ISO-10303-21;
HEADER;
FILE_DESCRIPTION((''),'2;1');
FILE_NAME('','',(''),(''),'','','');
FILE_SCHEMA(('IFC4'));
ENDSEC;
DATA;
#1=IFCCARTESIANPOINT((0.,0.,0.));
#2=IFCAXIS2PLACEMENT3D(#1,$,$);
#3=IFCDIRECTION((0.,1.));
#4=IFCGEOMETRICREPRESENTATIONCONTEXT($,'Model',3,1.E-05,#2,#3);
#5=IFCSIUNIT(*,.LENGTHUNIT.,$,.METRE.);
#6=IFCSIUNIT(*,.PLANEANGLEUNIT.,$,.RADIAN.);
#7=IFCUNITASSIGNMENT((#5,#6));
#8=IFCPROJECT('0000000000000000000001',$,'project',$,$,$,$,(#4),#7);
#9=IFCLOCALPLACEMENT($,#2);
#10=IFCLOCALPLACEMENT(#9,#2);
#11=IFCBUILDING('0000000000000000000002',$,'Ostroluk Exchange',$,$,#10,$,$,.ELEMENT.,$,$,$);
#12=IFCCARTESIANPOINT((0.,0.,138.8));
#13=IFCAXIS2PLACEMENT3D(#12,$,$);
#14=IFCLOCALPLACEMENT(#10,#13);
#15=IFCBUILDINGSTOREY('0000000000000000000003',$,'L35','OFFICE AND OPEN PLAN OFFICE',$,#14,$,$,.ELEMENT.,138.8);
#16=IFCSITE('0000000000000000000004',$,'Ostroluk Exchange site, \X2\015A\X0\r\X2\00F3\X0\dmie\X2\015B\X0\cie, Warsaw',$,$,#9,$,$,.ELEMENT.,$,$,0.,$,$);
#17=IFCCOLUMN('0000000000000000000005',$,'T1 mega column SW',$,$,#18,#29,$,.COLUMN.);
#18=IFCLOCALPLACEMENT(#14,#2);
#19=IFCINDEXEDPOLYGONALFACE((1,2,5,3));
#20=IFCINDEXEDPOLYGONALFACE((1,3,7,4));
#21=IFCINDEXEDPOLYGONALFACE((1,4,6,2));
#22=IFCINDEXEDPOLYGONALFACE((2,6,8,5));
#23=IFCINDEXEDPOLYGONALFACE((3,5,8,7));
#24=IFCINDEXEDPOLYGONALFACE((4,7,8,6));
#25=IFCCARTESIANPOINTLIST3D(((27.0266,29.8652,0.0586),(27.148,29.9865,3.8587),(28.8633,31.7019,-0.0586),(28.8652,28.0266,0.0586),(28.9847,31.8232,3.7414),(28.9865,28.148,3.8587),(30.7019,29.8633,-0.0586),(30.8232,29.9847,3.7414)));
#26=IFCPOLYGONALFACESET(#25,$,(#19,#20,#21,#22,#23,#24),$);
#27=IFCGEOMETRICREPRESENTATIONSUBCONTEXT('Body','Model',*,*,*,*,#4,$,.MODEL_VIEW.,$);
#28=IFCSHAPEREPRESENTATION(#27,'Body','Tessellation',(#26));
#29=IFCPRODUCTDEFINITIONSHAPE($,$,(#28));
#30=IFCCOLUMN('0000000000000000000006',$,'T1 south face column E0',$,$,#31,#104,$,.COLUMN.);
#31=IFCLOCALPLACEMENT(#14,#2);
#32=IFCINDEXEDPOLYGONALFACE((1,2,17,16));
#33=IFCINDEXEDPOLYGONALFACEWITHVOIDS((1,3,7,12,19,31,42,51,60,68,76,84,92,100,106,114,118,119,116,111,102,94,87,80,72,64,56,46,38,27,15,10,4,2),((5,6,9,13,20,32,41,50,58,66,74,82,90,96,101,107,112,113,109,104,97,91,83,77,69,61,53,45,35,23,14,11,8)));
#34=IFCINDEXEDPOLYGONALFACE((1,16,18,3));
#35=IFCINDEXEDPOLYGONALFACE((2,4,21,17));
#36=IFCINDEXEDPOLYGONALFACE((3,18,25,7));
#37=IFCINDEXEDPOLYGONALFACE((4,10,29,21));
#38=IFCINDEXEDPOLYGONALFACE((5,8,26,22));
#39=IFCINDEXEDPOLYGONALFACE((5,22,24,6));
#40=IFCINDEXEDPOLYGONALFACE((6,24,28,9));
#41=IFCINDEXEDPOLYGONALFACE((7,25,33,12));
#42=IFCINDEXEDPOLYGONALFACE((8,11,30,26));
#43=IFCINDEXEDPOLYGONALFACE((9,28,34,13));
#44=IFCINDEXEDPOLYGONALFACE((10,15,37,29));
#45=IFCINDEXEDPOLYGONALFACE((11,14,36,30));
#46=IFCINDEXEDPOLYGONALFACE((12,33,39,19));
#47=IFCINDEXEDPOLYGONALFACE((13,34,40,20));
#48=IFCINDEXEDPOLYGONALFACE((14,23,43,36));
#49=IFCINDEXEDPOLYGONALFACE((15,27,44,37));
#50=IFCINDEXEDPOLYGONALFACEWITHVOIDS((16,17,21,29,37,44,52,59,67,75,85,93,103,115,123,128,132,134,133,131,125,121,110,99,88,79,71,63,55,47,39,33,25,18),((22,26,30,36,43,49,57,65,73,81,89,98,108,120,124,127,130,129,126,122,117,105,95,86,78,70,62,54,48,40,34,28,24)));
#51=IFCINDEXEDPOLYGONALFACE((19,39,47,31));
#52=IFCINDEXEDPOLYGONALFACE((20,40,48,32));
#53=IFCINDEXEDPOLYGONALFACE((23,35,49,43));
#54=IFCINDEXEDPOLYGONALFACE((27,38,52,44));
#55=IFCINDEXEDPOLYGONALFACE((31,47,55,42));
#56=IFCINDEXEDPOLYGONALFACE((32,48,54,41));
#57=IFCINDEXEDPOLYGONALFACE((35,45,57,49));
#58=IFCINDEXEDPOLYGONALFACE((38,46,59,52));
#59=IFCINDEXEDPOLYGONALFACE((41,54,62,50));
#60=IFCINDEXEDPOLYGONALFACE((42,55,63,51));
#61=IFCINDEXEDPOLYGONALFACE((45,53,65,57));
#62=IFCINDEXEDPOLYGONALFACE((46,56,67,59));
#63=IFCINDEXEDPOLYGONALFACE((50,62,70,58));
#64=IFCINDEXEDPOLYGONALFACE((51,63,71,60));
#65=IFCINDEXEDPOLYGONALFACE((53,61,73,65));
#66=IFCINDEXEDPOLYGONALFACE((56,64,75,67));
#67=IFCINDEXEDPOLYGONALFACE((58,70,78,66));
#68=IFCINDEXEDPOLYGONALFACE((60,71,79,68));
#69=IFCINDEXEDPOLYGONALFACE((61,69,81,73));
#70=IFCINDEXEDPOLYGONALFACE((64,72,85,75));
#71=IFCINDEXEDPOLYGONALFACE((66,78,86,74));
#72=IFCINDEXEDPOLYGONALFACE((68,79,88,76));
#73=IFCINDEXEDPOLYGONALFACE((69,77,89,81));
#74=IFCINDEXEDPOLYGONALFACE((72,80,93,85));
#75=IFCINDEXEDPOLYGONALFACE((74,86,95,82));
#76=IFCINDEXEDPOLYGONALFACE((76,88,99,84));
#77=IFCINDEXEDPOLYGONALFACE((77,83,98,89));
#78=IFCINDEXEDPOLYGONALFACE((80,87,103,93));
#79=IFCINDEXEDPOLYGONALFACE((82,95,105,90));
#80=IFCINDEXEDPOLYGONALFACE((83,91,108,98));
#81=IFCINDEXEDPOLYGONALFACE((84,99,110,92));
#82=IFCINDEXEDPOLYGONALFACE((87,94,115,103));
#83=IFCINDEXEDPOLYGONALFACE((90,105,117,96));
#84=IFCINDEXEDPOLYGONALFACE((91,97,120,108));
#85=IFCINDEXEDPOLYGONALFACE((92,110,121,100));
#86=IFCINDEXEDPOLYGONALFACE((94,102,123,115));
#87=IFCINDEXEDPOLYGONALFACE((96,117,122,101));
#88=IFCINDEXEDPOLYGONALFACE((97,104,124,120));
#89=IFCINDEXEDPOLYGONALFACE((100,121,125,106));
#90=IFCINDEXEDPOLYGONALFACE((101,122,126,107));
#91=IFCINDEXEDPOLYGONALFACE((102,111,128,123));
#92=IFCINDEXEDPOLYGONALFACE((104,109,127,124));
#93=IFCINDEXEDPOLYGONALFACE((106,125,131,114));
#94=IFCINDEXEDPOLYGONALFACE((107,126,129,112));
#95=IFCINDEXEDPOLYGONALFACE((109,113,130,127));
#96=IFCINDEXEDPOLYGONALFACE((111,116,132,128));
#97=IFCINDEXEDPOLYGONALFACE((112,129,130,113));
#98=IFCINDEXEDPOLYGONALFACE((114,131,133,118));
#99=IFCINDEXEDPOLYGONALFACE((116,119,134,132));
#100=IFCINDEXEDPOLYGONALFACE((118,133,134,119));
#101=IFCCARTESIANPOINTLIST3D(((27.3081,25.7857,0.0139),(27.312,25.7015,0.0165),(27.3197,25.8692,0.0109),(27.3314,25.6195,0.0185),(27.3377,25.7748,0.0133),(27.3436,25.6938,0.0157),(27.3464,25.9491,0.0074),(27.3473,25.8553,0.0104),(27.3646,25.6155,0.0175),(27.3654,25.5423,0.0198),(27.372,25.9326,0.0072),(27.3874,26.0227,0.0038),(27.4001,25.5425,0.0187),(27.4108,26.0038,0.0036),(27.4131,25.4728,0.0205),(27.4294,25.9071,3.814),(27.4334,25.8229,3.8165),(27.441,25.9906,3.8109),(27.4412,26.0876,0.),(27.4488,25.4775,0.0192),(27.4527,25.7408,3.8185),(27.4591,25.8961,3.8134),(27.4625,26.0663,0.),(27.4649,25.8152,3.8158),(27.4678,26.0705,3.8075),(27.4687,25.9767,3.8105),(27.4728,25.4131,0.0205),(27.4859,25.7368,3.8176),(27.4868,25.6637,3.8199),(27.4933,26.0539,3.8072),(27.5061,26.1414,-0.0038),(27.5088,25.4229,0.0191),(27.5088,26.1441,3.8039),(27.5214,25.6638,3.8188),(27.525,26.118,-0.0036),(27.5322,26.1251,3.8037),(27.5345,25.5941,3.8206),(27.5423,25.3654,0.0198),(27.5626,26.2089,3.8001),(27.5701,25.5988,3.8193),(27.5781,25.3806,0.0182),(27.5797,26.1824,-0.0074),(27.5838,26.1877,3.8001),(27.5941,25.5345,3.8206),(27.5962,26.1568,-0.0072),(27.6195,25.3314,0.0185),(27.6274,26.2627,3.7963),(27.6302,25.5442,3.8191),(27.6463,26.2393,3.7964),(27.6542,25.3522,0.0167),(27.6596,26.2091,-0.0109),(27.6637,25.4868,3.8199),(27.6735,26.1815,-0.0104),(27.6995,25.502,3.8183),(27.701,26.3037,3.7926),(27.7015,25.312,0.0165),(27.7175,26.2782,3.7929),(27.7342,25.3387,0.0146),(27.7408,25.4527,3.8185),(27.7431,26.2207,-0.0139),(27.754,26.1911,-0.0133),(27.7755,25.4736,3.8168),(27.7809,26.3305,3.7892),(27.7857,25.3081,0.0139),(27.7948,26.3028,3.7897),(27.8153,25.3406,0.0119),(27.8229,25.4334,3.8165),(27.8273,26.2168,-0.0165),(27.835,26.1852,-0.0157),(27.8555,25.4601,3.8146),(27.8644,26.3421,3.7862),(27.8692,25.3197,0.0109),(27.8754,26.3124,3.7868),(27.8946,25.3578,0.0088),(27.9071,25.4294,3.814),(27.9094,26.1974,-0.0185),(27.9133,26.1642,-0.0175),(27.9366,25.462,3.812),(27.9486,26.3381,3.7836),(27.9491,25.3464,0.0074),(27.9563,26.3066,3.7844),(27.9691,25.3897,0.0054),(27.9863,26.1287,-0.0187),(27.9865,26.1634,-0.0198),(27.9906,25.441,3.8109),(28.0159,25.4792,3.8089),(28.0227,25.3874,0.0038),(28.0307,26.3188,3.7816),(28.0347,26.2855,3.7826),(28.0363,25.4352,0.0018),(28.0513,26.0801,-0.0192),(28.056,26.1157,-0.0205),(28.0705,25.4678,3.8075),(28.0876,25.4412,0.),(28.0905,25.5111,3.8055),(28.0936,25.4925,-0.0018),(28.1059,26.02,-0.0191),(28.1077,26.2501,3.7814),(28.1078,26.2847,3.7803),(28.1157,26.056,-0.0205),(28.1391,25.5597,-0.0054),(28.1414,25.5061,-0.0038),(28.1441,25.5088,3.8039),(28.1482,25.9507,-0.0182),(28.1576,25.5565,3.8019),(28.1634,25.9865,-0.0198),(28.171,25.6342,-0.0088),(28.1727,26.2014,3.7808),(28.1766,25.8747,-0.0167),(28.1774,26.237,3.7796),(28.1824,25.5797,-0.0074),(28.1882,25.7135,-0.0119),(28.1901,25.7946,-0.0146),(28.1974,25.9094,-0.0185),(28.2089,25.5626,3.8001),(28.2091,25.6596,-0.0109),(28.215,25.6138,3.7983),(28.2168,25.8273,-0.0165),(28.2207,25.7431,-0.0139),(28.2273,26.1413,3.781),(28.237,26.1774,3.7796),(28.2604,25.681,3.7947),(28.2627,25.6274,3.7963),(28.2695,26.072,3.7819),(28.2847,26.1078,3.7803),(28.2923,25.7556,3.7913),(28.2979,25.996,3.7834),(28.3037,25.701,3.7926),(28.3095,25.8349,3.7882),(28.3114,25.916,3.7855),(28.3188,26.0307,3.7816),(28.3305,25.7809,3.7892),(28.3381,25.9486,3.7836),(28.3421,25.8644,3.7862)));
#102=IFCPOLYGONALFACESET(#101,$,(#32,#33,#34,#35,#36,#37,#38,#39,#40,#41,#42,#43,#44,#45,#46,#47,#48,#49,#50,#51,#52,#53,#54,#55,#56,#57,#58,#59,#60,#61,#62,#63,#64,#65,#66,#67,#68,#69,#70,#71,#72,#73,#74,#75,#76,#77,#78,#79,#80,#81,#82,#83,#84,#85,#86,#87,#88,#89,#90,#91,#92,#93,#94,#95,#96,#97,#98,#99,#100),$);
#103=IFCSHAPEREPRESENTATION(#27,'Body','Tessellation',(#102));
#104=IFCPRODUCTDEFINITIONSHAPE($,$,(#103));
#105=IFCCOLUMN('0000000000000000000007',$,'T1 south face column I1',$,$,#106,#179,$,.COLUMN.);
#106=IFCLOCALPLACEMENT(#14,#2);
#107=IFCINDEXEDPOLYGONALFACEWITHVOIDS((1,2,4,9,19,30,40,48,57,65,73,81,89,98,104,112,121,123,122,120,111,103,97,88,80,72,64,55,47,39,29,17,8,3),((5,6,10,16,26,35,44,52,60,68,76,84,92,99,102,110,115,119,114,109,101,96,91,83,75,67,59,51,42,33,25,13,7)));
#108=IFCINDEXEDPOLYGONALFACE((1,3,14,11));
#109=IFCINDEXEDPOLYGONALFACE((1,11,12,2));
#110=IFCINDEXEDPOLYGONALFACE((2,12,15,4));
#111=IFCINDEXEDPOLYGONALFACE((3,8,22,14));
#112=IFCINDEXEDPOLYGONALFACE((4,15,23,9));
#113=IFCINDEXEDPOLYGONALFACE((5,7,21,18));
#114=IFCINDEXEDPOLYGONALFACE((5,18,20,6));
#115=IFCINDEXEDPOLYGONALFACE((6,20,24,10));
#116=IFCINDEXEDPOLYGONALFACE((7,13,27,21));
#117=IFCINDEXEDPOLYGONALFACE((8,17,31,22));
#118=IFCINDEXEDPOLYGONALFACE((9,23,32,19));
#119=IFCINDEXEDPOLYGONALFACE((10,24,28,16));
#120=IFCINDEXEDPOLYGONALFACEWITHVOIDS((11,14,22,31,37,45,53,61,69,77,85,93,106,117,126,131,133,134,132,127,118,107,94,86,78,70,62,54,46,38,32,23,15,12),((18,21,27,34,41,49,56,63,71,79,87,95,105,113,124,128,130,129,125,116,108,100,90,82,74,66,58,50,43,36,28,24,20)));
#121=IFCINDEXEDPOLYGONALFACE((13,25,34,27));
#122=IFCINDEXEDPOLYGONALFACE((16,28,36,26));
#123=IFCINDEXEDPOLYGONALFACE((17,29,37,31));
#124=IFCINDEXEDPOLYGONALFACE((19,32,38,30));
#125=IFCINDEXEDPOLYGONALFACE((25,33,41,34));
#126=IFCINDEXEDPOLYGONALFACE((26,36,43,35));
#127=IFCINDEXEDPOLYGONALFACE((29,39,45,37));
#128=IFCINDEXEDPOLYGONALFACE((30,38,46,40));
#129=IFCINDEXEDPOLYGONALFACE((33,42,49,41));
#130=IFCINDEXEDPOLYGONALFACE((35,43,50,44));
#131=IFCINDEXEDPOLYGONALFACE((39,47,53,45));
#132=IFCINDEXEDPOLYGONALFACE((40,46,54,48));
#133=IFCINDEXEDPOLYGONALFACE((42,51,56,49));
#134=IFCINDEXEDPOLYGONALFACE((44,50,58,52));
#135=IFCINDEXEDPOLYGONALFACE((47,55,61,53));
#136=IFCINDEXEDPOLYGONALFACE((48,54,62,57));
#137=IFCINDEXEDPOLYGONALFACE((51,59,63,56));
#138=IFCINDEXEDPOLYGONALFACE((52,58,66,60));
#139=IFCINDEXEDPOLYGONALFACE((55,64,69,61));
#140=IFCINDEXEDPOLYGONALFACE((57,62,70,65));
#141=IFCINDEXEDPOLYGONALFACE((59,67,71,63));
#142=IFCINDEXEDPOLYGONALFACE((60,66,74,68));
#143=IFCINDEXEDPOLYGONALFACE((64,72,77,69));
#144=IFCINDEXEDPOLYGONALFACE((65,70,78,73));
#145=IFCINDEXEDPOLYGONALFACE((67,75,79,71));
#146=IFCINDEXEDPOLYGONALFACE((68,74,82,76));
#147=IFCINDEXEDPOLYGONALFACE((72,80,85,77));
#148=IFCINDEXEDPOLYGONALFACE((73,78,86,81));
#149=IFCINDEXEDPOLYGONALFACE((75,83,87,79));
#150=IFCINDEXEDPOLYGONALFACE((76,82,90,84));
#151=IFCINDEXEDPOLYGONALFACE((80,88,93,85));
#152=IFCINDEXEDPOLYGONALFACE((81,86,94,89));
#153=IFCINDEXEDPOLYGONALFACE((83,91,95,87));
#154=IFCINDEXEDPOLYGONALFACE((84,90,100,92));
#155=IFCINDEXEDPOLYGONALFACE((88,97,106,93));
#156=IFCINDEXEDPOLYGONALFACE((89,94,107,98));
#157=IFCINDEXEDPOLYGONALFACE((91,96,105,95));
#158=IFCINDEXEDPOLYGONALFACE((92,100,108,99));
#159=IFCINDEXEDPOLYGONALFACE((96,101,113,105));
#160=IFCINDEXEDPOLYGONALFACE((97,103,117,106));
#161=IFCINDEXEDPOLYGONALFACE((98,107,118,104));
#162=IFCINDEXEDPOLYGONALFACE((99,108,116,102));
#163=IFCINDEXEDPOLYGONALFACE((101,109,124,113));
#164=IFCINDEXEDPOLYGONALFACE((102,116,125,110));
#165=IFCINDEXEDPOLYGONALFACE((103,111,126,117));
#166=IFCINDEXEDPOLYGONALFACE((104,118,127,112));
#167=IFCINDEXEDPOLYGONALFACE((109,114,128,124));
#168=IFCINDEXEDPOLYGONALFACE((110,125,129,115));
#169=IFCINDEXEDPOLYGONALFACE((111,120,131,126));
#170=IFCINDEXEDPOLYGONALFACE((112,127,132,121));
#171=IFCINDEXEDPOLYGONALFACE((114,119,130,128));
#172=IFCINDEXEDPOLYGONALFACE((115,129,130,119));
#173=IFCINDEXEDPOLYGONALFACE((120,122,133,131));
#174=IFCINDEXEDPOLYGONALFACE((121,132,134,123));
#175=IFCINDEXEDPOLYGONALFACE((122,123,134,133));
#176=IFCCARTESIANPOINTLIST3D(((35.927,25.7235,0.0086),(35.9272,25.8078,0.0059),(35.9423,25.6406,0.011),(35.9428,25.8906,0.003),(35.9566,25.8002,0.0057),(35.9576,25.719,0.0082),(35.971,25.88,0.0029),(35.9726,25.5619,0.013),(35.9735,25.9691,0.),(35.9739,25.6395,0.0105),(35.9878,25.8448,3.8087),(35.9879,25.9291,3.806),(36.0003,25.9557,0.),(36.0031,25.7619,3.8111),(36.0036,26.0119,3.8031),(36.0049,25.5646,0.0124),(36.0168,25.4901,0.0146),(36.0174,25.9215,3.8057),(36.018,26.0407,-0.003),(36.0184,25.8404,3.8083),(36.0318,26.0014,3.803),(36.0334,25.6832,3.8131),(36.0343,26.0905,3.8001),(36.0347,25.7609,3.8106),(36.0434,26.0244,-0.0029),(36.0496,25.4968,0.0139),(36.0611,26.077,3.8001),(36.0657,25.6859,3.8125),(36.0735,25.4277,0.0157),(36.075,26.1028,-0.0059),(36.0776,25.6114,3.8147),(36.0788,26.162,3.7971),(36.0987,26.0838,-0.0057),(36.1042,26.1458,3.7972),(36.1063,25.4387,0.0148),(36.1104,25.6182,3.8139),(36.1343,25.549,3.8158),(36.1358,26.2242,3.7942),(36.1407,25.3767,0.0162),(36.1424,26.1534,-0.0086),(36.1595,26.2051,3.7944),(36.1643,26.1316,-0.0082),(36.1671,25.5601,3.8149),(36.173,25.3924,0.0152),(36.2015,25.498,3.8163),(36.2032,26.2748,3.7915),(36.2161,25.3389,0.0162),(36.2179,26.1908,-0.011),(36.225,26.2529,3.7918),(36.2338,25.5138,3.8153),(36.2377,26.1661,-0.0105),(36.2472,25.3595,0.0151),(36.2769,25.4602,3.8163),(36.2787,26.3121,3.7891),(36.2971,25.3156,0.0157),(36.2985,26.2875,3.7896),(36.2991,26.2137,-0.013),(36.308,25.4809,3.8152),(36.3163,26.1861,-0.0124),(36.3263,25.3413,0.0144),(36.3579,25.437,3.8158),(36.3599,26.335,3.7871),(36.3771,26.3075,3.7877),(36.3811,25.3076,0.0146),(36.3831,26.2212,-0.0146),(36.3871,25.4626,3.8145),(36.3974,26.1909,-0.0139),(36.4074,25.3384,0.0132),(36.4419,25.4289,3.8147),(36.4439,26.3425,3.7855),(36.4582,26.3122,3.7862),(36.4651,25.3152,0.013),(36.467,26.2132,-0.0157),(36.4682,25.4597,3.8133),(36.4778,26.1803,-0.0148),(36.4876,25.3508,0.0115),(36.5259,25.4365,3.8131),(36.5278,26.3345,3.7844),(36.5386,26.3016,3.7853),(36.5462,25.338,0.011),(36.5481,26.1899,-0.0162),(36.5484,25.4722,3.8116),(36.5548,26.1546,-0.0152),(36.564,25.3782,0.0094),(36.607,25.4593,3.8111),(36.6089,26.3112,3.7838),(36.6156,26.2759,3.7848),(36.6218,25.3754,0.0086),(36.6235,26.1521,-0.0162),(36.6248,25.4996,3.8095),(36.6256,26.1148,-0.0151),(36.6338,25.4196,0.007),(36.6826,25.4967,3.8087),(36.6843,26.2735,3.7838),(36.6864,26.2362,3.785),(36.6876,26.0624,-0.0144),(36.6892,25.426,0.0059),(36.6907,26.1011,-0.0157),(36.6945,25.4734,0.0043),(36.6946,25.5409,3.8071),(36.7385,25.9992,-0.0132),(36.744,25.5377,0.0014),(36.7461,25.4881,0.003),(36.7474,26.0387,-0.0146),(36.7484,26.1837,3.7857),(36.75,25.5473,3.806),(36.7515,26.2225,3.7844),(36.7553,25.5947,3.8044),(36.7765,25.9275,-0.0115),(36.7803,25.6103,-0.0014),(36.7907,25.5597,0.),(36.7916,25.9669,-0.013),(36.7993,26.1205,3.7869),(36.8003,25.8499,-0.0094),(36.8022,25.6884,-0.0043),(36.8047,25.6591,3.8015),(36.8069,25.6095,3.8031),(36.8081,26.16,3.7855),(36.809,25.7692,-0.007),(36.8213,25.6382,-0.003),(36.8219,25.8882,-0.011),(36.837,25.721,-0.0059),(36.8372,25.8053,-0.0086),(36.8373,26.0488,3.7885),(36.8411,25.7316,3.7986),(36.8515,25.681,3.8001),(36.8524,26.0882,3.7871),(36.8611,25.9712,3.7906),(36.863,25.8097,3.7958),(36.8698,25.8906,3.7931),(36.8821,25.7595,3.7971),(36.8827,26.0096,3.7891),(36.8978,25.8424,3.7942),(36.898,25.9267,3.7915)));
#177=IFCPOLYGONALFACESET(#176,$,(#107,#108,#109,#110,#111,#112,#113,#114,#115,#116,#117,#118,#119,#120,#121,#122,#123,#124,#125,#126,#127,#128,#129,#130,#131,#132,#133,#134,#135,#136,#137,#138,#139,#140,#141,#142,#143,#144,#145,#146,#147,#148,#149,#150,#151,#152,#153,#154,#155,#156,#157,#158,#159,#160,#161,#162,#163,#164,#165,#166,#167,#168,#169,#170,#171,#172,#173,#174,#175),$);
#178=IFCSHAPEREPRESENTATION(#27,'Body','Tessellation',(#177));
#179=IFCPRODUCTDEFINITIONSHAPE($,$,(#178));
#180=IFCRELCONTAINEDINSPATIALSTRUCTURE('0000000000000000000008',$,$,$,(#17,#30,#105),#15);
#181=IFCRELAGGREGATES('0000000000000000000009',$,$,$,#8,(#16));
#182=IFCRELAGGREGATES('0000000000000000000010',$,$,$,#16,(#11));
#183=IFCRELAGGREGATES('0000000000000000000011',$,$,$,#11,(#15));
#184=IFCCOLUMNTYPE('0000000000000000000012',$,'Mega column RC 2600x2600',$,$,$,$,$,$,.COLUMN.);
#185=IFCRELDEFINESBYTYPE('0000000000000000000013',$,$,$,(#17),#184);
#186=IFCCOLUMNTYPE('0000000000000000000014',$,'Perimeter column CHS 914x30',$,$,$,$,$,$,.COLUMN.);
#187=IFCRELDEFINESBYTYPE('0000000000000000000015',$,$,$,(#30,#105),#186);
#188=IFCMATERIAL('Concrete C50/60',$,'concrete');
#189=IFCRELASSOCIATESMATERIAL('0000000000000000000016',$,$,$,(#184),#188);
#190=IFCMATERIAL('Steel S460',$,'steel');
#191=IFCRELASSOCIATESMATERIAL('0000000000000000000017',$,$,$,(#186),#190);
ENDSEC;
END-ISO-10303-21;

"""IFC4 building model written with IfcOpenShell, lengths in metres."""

from ifc_helpers import new_model, si_unit, direction, frame, origin, origin_2d, place, context, subcontext, project, spatial, rectangle, hollow_circle, extrude, material, material_profile, profile_set, type_object, element, save


model = new_model("IFC4")

# Units and contexts
model_context = context("Model", 3, precision=1e-05, world=origin(), true_north=direction((0.0, 1.0)))
body_context = subcontext(model_context, "Body", "Model", "MODEL_VIEW")
ifc_project = project(units=[si_unit("LENGTHUNIT", "METRE"), si_unit("PLANEANGLEUNIT", "RADIAN")], contexts=[model_context])

# Site, building, storey
site_placement = place(None, origin())
site = spatial("IfcSite", under=ifc_project, at=site_placement, Name="Ostroluk Exchange site, Śródmieście, Warsaw", CompositionType="ELEMENT", RefElevation=0.0)
building_placement = place(site_placement, origin())
building = spatial("IfcBuilding", under=site, at=building_placement, Name="Ostroluk Exchange", CompositionType="ELEMENT")
storey_placement = place(building_placement, frame((0.0, 0.0, 138.8)))
storey = spatial("IfcBuildingStorey", under=building, at=storey_placement, Name="L35", Description="OFFICE AND OPEN PLAN OFFICE", CompositionType="ELEMENT", Elevation=138.8)

# Columns
ifc_material_1 = material(Name="Concrete C50/60", Category="concrete")
ifc_material_profile_1 = material_profile(ifc_material_1, rectangle(XDim=2.6001, YDim=2.6001, at=origin_2d()), Name="RC 2600x2600")
ifc_profile_set_1 = profile_set([ifc_material_profile_1], Name="Concrete C50/60")
column_type_1 = type_object("IfcColumnType", Name="Mega column RC 2600x2600", PredefinedType="COLUMN", material=ifc_profile_set_1)
column_1_placement = place(storey_placement, frame((28.8643, 29.8643, 0.0), z_axis=(0.031898, 0.031898, 0.998982), x_axis=(-0.707107, 0.707107, 0.0)))
element("IfcColumn", 1, at=column_1_placement, inside=storey, type_object=column_type_1, Name="T1 mega column SW", PredefinedType="COLUMN", context=body_context, shape_type="SweptSolid", body=[
    extrude(rectangle(XDim=2.6001, YDim=2.6001, at=origin_2d()), origin(), (0.0, 0.0, 1.0), 3.804),
])
ifc_material_2 = material(Name="Steel S460", Category="steel")
ifc_material_profile_2 = material_profile(ifc_material_2, hollow_circle(Radius=0.457, WallThickness=0.03, at=origin_2d()), Name="CHS 914x30")
ifc_profile_set_2 = profile_set([ifc_material_profile_2], Name="Steel S460")
column_type_2 = type_object("IfcColumnType", Name="Perimeter column CHS 914x30", PredefinedType="COLUMN", material=ifc_profile_set_2)
column_2_placement = place(storey_placement, frame((27.7644, 25.7644, 0.0), z_axis=(0.031898, 0.031898, 0.998982), x_axis=(-0.707107, 0.707107, 0.0)))
element("IfcColumn", 2, at=column_2_placement, inside=storey, type_object=column_type_2, Name="T1 south face column E0", PredefinedType="COLUMN", context=body_context, shape_type="SweptSolid", body=[
    extrude(hollow_circle(Radius=0.457, WallThickness=0.03, at=origin_2d()), origin(), (0.0, 0.0, 1.0), 3.804),
])
column_3_placement = place(storey_placement, frame((36.3821, 25.7644, 0.0), z_axis=(0.015987, 0.03191, 0.999363), x_axis=(-0.894067, 0.447933, 0.0)))
element("IfcColumn", 3, at=column_3_placement, inside=storey, type_object=column_type_2, Name="T1 south face column I1", PredefinedType="COLUMN", context=body_context, shape_type="SweptSolid", body=[
    extrude(hollow_circle(Radius=0.457, WallThickness=0.03, at=origin_2d()), origin(), (0.0, 0.0, 1.0), 3.8025),
])

save(model, "model.ifc")
